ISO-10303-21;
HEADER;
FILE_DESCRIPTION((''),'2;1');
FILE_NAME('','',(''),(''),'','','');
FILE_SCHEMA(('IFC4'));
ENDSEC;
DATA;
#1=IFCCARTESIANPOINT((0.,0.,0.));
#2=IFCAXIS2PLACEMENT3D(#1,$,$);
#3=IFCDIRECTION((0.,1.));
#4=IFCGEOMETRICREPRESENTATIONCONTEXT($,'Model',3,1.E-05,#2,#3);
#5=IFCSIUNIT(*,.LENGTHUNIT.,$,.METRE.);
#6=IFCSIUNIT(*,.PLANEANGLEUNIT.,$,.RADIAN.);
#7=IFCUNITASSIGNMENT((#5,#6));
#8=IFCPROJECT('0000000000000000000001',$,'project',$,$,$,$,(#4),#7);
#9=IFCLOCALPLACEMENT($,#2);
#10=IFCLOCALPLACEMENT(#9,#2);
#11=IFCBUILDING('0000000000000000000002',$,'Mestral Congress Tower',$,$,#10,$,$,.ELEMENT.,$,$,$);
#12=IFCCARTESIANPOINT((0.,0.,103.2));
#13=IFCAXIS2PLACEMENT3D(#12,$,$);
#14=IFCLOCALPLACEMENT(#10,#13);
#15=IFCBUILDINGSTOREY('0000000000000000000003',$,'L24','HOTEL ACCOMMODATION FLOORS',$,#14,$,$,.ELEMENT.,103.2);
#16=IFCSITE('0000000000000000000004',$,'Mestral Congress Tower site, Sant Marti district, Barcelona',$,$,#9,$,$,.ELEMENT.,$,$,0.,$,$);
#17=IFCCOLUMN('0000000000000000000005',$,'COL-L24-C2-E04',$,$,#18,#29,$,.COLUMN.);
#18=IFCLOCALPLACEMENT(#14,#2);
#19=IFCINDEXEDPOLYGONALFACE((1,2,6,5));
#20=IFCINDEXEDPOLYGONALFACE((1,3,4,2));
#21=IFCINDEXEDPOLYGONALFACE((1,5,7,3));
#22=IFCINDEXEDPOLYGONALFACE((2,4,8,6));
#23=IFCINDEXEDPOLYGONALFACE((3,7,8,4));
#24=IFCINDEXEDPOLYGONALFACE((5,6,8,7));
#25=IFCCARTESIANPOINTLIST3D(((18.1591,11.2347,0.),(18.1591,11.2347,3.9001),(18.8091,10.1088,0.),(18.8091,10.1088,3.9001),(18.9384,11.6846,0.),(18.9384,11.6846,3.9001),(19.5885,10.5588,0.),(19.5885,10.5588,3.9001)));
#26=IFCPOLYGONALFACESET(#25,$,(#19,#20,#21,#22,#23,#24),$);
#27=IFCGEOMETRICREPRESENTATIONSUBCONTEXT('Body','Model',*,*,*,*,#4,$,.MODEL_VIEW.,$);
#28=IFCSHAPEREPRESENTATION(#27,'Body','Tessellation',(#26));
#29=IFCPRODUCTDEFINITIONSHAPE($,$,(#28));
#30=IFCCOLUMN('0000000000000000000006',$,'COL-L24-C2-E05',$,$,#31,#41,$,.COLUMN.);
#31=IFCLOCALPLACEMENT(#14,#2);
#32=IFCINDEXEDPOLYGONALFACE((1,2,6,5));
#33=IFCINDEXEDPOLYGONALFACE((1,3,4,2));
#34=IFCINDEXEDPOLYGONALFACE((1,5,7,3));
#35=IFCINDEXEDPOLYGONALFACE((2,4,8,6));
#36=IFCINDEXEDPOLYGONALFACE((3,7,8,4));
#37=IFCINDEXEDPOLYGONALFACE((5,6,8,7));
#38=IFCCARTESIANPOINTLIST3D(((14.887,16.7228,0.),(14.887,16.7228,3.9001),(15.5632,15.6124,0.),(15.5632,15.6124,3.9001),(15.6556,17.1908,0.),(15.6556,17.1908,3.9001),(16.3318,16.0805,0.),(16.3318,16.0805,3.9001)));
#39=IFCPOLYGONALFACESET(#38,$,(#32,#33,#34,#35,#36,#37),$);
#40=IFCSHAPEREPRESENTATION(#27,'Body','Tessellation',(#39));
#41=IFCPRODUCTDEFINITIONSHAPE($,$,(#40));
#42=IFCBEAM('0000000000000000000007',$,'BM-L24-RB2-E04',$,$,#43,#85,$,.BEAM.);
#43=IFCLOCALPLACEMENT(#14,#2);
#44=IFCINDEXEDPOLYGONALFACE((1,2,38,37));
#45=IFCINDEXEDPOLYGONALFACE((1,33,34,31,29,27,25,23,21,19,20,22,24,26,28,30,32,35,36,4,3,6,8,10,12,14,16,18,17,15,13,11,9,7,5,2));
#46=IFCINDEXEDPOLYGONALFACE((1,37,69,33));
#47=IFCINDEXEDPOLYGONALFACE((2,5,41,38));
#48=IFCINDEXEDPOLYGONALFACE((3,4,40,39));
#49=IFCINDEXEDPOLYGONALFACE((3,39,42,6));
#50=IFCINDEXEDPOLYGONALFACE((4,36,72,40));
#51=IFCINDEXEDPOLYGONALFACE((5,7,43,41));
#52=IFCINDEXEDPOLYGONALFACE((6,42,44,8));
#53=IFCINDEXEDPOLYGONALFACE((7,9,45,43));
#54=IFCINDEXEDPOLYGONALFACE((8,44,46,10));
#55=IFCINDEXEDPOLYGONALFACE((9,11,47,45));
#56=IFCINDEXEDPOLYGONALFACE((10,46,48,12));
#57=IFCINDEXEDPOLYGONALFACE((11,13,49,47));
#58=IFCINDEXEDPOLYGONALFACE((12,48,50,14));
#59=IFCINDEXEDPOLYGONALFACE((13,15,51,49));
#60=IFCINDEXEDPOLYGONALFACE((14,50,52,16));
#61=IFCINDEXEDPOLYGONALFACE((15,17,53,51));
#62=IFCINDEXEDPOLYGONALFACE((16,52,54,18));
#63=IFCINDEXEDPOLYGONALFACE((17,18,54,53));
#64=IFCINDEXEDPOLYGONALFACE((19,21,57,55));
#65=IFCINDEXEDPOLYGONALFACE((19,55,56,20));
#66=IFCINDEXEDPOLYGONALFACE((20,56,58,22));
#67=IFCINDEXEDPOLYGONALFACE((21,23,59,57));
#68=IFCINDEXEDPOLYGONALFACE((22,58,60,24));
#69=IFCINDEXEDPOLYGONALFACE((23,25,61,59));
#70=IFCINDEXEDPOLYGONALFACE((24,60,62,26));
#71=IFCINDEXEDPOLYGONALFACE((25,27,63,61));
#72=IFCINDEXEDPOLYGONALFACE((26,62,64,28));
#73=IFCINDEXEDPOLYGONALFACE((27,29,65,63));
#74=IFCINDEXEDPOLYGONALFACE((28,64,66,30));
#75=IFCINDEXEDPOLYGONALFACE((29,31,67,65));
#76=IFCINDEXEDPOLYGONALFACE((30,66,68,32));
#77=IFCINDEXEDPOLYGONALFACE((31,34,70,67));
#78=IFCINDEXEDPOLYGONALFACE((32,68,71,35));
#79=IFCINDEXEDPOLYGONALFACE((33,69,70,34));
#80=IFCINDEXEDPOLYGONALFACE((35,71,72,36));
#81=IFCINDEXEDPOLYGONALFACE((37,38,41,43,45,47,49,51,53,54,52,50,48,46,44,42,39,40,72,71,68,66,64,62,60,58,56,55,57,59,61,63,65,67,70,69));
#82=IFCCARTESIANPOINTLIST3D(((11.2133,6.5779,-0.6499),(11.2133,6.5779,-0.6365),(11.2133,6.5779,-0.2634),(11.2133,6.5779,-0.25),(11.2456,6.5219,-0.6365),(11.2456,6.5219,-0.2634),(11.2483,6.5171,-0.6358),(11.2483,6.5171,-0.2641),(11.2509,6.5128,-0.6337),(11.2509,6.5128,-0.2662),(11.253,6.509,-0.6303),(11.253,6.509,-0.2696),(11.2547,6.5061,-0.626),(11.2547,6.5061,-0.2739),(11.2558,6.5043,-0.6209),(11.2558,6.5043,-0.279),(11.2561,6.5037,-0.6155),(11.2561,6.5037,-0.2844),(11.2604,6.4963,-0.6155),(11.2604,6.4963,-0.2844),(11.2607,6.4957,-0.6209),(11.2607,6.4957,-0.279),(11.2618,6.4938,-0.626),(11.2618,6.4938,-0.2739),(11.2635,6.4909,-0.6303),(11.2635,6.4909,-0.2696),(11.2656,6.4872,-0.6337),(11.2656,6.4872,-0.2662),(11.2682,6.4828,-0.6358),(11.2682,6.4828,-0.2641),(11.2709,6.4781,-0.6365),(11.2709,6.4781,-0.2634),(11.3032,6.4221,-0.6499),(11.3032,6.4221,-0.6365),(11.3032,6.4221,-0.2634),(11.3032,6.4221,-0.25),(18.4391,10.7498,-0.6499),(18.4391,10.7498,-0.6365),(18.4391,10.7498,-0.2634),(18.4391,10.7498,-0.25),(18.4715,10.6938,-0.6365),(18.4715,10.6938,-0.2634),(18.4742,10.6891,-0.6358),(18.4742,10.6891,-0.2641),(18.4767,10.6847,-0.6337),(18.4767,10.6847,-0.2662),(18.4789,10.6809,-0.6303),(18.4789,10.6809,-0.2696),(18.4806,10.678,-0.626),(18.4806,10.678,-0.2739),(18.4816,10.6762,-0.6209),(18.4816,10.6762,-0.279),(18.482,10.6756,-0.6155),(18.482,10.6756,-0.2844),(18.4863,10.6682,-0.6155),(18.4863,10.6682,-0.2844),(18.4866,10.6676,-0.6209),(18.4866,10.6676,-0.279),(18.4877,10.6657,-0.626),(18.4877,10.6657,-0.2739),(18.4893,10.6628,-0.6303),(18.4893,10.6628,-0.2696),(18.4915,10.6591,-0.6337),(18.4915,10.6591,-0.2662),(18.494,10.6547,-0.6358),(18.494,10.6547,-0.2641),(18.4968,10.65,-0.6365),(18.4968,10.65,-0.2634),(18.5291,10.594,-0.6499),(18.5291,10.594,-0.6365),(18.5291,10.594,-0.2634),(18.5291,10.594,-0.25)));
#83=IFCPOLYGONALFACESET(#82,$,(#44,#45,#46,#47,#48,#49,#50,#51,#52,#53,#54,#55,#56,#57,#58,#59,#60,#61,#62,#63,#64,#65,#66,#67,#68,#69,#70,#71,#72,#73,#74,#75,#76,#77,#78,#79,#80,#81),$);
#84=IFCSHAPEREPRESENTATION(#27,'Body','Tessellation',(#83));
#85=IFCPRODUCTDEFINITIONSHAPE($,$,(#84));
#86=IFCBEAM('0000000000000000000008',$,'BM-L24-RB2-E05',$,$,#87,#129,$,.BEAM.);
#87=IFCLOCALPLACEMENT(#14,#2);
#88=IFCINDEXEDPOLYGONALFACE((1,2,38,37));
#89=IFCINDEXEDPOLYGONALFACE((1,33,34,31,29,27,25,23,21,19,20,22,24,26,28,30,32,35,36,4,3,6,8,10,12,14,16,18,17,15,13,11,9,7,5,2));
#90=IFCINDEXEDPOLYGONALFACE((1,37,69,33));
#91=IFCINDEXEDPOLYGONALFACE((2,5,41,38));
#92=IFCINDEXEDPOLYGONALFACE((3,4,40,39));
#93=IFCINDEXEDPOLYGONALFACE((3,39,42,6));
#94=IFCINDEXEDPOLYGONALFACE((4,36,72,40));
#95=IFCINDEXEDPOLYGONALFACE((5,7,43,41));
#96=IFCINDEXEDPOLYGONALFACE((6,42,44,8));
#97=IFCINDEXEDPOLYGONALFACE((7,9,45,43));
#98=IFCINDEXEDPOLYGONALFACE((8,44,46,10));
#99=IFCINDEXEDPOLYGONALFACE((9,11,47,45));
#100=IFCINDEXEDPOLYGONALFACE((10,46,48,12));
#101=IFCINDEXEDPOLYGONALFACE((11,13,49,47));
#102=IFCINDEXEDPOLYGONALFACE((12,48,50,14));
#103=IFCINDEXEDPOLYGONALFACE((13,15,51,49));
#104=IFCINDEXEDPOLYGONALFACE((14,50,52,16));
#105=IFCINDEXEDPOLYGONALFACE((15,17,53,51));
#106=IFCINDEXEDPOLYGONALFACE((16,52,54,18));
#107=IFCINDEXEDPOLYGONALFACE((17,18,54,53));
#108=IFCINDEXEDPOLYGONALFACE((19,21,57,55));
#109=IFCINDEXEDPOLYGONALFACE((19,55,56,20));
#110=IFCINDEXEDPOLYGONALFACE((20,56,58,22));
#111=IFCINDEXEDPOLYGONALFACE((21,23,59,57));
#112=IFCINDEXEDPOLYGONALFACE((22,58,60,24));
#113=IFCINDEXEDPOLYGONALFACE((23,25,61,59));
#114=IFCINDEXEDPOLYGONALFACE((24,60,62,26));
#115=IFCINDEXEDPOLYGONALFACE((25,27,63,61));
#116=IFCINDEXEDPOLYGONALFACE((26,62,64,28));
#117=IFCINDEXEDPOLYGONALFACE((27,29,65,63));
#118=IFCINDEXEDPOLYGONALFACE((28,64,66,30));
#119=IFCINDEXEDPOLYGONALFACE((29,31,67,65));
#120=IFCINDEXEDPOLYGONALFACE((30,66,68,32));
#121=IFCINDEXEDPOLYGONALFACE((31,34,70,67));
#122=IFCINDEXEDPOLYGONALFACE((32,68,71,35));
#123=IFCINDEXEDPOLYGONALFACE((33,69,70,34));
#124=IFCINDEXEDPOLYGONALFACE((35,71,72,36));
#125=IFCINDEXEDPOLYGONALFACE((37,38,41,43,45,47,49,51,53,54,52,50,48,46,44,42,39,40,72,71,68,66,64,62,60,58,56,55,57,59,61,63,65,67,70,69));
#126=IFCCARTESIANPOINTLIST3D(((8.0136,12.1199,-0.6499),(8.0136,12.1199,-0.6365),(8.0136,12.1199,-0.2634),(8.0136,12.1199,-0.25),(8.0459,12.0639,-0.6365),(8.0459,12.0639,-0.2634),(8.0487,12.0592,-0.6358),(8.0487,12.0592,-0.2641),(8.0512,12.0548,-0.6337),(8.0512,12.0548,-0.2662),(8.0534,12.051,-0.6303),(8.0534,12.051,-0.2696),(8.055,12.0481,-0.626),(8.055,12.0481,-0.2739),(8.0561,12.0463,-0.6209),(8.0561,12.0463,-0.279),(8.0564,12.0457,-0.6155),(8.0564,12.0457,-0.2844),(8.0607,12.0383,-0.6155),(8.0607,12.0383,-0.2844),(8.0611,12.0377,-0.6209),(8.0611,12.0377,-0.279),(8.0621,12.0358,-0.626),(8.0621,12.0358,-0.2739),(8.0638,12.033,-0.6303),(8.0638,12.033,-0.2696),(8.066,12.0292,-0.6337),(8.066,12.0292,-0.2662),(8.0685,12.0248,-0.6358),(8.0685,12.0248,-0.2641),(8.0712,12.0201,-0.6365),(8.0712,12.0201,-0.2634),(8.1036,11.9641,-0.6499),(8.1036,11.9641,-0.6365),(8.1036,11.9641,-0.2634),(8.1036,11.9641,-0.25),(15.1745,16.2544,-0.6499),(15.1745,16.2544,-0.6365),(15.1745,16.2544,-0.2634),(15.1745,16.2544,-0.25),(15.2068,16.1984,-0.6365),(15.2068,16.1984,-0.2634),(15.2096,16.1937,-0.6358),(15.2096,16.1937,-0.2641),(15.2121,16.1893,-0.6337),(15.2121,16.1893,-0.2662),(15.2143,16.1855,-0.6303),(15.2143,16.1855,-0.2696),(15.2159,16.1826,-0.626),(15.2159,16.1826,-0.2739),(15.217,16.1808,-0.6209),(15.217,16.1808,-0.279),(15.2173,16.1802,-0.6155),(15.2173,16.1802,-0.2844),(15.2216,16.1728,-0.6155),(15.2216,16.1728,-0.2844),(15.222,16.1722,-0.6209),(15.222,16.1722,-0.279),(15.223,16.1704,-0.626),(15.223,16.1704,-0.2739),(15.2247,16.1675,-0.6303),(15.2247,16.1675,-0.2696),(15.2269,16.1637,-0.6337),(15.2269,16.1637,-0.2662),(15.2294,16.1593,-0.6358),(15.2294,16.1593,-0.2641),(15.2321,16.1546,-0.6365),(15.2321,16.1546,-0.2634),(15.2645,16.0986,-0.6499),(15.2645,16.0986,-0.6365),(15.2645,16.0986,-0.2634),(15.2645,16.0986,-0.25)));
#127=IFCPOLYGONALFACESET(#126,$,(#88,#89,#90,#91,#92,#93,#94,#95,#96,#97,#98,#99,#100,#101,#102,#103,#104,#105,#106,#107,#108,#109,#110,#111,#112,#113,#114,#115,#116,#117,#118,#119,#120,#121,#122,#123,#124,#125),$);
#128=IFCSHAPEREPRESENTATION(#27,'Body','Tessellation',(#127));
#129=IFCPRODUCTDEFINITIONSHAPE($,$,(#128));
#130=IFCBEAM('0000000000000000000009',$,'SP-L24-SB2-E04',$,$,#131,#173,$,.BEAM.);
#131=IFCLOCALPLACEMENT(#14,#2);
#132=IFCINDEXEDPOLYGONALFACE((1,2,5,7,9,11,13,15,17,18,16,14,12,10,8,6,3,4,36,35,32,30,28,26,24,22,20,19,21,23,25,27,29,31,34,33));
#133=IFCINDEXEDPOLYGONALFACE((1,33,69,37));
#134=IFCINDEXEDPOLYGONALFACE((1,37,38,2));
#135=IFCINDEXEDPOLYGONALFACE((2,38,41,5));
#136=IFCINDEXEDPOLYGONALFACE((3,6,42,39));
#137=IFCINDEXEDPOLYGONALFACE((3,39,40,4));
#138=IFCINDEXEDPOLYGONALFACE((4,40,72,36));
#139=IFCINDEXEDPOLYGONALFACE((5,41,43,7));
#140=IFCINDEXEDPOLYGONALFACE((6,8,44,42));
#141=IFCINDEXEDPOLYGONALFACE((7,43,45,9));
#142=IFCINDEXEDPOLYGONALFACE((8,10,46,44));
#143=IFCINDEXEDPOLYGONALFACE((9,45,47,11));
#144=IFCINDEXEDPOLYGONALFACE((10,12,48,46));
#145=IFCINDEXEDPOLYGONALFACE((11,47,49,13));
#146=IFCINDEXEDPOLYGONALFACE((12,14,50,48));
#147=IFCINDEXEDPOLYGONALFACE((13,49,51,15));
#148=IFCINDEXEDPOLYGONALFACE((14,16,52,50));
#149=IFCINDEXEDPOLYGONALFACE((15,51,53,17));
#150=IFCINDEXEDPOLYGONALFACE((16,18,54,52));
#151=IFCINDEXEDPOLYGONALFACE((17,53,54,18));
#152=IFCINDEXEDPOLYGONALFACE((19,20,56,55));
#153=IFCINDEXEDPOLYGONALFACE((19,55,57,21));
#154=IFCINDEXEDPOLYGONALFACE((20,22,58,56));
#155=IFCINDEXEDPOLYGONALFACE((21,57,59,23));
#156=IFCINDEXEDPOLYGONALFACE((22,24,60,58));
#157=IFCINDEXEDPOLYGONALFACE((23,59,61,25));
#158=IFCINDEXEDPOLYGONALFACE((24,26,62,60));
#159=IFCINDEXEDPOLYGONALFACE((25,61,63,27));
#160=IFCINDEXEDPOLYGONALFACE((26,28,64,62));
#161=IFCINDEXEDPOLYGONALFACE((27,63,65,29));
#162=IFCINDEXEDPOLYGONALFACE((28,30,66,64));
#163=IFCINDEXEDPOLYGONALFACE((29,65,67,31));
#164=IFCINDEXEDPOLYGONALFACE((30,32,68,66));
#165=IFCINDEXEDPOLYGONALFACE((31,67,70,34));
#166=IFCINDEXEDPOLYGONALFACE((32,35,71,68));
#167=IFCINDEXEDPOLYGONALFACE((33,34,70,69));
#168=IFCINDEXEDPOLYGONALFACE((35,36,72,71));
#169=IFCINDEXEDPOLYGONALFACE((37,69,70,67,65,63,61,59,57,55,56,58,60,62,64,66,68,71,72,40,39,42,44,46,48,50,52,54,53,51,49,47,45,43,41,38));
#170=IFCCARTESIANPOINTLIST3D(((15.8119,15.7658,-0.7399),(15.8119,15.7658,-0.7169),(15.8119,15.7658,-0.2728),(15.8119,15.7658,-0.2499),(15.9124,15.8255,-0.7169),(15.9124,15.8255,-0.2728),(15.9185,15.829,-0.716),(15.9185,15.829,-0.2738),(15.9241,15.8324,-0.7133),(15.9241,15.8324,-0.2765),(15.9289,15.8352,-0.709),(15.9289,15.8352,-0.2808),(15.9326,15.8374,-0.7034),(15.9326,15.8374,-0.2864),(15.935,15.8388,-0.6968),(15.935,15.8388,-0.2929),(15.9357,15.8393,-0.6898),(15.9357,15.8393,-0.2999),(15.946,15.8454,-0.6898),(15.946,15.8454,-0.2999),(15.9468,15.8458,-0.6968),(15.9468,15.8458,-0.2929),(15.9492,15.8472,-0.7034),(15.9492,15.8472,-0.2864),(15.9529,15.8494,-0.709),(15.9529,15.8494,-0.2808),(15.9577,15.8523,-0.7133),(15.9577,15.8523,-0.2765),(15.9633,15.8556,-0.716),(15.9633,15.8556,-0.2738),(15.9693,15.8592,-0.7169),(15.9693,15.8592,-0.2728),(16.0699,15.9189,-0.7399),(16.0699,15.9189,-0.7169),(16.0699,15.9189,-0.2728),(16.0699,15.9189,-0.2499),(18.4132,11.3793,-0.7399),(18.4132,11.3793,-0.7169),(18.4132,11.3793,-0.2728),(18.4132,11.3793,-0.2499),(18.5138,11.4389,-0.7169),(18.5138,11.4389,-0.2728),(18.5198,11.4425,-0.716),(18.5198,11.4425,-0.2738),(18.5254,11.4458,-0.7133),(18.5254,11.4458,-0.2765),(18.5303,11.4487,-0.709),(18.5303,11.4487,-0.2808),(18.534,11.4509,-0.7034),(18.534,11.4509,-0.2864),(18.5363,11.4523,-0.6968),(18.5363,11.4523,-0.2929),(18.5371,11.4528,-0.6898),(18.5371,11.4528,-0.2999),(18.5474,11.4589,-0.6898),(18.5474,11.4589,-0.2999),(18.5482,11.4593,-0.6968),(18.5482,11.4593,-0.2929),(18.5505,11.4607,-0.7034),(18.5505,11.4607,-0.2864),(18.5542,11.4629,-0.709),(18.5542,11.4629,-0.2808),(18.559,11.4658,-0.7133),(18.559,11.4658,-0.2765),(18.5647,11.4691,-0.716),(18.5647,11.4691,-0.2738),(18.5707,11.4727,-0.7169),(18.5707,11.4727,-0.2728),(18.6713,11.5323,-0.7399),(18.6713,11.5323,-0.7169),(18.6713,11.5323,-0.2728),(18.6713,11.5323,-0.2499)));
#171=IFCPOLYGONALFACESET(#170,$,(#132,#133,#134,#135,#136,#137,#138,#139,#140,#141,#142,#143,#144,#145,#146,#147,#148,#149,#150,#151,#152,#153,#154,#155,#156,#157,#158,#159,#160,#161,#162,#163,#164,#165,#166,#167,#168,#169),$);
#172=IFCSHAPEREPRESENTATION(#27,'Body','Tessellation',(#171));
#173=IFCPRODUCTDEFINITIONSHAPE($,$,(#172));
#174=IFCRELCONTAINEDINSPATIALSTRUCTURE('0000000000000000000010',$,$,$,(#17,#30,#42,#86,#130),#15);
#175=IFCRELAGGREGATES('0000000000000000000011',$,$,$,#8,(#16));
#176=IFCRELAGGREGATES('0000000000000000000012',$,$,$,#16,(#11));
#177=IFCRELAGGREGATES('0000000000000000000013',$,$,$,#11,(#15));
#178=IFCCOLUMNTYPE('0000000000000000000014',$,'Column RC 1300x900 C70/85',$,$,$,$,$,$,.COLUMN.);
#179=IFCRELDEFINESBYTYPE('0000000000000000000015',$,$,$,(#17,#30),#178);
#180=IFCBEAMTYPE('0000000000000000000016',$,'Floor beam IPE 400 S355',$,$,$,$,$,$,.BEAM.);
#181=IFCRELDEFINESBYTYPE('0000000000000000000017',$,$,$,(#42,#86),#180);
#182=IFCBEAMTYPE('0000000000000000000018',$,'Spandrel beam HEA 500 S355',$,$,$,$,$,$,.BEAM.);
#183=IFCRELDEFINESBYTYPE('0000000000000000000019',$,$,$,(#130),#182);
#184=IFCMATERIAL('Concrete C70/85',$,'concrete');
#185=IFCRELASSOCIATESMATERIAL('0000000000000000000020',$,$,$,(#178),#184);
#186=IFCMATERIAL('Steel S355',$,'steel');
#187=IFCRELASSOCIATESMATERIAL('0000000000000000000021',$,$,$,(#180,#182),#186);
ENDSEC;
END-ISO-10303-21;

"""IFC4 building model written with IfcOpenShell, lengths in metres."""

from ifc_helpers import new_model, si_unit, direction, frame, origin, origin_2d, place, context, subcontext, project, spatial, rectangle, i_section, extrude, material, material_profile, profile_set, type_object, element, save


model = new_model("IFC4")

# Units and contexts
model_context = context("Model", 3, precision=1e-05, world=origin(), true_north=direction((0.0, 1.0)))
body_context = subcontext(model_context, "Body", "Model", "MODEL_VIEW")
ifc_project = project(units=[si_unit("LENGTHUNIT", "METRE"), si_unit("PLANEANGLEUNIT", "RADIAN")], contexts=[model_context])

# Site, building, storey
site_placement = place(None, origin())
site = spatial("IfcSite", under=ifc_project, at=site_placement, Name="Mestral Congress Tower site, Sant Marti district, Barcelona", CompositionType="ELEMENT", RefElevation=0.0)
building_placement = place(site_placement, origin())
building = spatial("IfcBuilding", under=site, at=building_placement, Name="Mestral Congress Tower", CompositionType="ELEMENT")
storey_placement = place(building_placement, frame((0.0, 0.0, 103.2)))
storey = spatial("IfcBuildingStorey", under=building, at=storey_placement, Name="L24", Description="HOTEL ACCOMMODATION FLOORS", CompositionType="ELEMENT", Elevation=103.2)

# Columns
ifc_material_1 = material(Name="Concrete C70/85", Category="concrete")
ifc_material_profile_1 = material_profile(ifc_material_1, rectangle(XDim=1.3, YDim=0.8999, at=origin_2d()), Name="RC 1300x900")
ifc_profile_set_1 = profile_set([ifc_material_profile_1], Name="Concrete C70/85")
column_type = type_object("IfcColumnType", Name="Column RC 1300x900 C70/85", PredefinedType="COLUMN", material=ifc_profile_set_1)
for number, where, z_axis, x_axis, name in (
    (1, (18.8738, 10.8967, 0.0), (0.0, 0.0, 1.0), (-0.5, 0.866025, 0.0), "COL-L24-C2-E04"),
    (2, (15.6094, 16.4016, 0.0), (0.0, 0.0, 1.0), (-0.520114, 0.854097, 0.0), "COL-L24-C2-E05"),
):
    element("IfcColumn", number, at=place(storey_placement, frame(where, z_axis=z_axis, x_axis=x_axis)), inside=storey, type_object=column_type, Name=name, PredefinedType="COLUMN", context=body_context, shape_type="SweptSolid", body=[
        extrude(rectangle(XDim=1.3, YDim=0.8999, at=origin_2d()), origin(), (0.0, 0.0, 1.0), 3.9001),
    ])

# Beams
ifc_material_2 = material(Name="Steel S355", Category="steel")
ifc_material_profile_2 = material_profile(ifc_material_2, i_section(OverallWidth=0.1799, OverallDepth=0.3999, WebThickness=0.0085, FlangeThickness=0.0134, FilletRadius=0.021, at=origin_2d()), Name="IPE 400")
ifc_profile_set_2 = profile_set([ifc_material_profile_2], Name="Steel S355")
beam_type_1 = type_object("IfcBeamType", Name="Floor beam IPE 400 S355", PredefinedType="BEAM", material=ifc_profile_set_2)
beam_1_placement = place(storey_placement, frame((18.4841, 10.6719, -0.45), z_axis=(-0.866023, -0.500004, 0.0), x_axis=(0.500004, -0.866023, 0.0)))
element("IfcBeam", 3, at=beam_1_placement, inside=storey, type_object=beam_type_1, Name="BM-L24-RB2-E04", PredefinedType="BEAM", context=body_context, shape_type="SweptSolid", body=[
    extrude(i_section(OverallWidth=0.1799, OverallDepth=0.3999, WebThickness=0.0085, FlangeThickness=0.0134, FilletRadius=0.021, at=origin_2d()), origin(), (0.0, 0.0, 1.0), 8.3438),
])
beam_2_placement = place(storey_placement, frame((15.2195, 16.1765, -0.45), z_axis=(-0.866016, -0.500016, 0.0), x_axis=(0.500016, -0.866016, 0.0)))
element("IfcBeam", 4, at=beam_2_placement, inside=storey, type_object=beam_type_1, Name="BM-L24-RB2-E05", PredefinedType="BEAM", context=body_context, shape_type="SweptSolid", body=[
    extrude(i_section(OverallWidth=0.1799, OverallDepth=0.3999, WebThickness=0.0085, FlangeThickness=0.0134, FilletRadius=0.021, at=origin_2d()), origin(), (0.0, 0.0, 1.0), 8.2688),
])
ifc_material_profile_3 = material_profile(ifc_material_2, i_section(OverallWidth=0.3, OverallDepth=0.49, WebThickness=0.012, FlangeThickness=0.0229, FilletRadius=0.0271, at=origin_2d()), Name="HEA 500")
ifc_profile_set_3 = profile_set([ifc_material_profile_3], Name="Steel S355")
beam_type_2 = type_object("IfcBeamType", Name="Spandrel beam HEA 500 S355", PredefinedType="BEAM", material=ifc_profile_set_3)
for number, where, z_axis, x_axis, name in (
    (5, (18.5422, 11.4558, -0.4949), (-0.510082, 0.860126, 0.0), (-0.860126, -0.510082, 0.0), "SP-L24-SB2-E04"),
):
    element("IfcBeam", number, at=place(storey_placement, frame(where, z_axis=z_axis, x_axis=x_axis)), inside=storey, type_object=beam_type_2, Name=name, PredefinedType="BEAM", context=body_context, shape_type="SweptSolid", body=[
        extrude(i_section(OverallWidth=0.3, OverallDepth=0.49, WebThickness=0.012, FlangeThickness=0.0229, FilletRadius=0.0271, at=origin_2d()), origin(), (0.0, 0.0, 1.0), 5.0999),
    ])

save(model, "model.ifc")
